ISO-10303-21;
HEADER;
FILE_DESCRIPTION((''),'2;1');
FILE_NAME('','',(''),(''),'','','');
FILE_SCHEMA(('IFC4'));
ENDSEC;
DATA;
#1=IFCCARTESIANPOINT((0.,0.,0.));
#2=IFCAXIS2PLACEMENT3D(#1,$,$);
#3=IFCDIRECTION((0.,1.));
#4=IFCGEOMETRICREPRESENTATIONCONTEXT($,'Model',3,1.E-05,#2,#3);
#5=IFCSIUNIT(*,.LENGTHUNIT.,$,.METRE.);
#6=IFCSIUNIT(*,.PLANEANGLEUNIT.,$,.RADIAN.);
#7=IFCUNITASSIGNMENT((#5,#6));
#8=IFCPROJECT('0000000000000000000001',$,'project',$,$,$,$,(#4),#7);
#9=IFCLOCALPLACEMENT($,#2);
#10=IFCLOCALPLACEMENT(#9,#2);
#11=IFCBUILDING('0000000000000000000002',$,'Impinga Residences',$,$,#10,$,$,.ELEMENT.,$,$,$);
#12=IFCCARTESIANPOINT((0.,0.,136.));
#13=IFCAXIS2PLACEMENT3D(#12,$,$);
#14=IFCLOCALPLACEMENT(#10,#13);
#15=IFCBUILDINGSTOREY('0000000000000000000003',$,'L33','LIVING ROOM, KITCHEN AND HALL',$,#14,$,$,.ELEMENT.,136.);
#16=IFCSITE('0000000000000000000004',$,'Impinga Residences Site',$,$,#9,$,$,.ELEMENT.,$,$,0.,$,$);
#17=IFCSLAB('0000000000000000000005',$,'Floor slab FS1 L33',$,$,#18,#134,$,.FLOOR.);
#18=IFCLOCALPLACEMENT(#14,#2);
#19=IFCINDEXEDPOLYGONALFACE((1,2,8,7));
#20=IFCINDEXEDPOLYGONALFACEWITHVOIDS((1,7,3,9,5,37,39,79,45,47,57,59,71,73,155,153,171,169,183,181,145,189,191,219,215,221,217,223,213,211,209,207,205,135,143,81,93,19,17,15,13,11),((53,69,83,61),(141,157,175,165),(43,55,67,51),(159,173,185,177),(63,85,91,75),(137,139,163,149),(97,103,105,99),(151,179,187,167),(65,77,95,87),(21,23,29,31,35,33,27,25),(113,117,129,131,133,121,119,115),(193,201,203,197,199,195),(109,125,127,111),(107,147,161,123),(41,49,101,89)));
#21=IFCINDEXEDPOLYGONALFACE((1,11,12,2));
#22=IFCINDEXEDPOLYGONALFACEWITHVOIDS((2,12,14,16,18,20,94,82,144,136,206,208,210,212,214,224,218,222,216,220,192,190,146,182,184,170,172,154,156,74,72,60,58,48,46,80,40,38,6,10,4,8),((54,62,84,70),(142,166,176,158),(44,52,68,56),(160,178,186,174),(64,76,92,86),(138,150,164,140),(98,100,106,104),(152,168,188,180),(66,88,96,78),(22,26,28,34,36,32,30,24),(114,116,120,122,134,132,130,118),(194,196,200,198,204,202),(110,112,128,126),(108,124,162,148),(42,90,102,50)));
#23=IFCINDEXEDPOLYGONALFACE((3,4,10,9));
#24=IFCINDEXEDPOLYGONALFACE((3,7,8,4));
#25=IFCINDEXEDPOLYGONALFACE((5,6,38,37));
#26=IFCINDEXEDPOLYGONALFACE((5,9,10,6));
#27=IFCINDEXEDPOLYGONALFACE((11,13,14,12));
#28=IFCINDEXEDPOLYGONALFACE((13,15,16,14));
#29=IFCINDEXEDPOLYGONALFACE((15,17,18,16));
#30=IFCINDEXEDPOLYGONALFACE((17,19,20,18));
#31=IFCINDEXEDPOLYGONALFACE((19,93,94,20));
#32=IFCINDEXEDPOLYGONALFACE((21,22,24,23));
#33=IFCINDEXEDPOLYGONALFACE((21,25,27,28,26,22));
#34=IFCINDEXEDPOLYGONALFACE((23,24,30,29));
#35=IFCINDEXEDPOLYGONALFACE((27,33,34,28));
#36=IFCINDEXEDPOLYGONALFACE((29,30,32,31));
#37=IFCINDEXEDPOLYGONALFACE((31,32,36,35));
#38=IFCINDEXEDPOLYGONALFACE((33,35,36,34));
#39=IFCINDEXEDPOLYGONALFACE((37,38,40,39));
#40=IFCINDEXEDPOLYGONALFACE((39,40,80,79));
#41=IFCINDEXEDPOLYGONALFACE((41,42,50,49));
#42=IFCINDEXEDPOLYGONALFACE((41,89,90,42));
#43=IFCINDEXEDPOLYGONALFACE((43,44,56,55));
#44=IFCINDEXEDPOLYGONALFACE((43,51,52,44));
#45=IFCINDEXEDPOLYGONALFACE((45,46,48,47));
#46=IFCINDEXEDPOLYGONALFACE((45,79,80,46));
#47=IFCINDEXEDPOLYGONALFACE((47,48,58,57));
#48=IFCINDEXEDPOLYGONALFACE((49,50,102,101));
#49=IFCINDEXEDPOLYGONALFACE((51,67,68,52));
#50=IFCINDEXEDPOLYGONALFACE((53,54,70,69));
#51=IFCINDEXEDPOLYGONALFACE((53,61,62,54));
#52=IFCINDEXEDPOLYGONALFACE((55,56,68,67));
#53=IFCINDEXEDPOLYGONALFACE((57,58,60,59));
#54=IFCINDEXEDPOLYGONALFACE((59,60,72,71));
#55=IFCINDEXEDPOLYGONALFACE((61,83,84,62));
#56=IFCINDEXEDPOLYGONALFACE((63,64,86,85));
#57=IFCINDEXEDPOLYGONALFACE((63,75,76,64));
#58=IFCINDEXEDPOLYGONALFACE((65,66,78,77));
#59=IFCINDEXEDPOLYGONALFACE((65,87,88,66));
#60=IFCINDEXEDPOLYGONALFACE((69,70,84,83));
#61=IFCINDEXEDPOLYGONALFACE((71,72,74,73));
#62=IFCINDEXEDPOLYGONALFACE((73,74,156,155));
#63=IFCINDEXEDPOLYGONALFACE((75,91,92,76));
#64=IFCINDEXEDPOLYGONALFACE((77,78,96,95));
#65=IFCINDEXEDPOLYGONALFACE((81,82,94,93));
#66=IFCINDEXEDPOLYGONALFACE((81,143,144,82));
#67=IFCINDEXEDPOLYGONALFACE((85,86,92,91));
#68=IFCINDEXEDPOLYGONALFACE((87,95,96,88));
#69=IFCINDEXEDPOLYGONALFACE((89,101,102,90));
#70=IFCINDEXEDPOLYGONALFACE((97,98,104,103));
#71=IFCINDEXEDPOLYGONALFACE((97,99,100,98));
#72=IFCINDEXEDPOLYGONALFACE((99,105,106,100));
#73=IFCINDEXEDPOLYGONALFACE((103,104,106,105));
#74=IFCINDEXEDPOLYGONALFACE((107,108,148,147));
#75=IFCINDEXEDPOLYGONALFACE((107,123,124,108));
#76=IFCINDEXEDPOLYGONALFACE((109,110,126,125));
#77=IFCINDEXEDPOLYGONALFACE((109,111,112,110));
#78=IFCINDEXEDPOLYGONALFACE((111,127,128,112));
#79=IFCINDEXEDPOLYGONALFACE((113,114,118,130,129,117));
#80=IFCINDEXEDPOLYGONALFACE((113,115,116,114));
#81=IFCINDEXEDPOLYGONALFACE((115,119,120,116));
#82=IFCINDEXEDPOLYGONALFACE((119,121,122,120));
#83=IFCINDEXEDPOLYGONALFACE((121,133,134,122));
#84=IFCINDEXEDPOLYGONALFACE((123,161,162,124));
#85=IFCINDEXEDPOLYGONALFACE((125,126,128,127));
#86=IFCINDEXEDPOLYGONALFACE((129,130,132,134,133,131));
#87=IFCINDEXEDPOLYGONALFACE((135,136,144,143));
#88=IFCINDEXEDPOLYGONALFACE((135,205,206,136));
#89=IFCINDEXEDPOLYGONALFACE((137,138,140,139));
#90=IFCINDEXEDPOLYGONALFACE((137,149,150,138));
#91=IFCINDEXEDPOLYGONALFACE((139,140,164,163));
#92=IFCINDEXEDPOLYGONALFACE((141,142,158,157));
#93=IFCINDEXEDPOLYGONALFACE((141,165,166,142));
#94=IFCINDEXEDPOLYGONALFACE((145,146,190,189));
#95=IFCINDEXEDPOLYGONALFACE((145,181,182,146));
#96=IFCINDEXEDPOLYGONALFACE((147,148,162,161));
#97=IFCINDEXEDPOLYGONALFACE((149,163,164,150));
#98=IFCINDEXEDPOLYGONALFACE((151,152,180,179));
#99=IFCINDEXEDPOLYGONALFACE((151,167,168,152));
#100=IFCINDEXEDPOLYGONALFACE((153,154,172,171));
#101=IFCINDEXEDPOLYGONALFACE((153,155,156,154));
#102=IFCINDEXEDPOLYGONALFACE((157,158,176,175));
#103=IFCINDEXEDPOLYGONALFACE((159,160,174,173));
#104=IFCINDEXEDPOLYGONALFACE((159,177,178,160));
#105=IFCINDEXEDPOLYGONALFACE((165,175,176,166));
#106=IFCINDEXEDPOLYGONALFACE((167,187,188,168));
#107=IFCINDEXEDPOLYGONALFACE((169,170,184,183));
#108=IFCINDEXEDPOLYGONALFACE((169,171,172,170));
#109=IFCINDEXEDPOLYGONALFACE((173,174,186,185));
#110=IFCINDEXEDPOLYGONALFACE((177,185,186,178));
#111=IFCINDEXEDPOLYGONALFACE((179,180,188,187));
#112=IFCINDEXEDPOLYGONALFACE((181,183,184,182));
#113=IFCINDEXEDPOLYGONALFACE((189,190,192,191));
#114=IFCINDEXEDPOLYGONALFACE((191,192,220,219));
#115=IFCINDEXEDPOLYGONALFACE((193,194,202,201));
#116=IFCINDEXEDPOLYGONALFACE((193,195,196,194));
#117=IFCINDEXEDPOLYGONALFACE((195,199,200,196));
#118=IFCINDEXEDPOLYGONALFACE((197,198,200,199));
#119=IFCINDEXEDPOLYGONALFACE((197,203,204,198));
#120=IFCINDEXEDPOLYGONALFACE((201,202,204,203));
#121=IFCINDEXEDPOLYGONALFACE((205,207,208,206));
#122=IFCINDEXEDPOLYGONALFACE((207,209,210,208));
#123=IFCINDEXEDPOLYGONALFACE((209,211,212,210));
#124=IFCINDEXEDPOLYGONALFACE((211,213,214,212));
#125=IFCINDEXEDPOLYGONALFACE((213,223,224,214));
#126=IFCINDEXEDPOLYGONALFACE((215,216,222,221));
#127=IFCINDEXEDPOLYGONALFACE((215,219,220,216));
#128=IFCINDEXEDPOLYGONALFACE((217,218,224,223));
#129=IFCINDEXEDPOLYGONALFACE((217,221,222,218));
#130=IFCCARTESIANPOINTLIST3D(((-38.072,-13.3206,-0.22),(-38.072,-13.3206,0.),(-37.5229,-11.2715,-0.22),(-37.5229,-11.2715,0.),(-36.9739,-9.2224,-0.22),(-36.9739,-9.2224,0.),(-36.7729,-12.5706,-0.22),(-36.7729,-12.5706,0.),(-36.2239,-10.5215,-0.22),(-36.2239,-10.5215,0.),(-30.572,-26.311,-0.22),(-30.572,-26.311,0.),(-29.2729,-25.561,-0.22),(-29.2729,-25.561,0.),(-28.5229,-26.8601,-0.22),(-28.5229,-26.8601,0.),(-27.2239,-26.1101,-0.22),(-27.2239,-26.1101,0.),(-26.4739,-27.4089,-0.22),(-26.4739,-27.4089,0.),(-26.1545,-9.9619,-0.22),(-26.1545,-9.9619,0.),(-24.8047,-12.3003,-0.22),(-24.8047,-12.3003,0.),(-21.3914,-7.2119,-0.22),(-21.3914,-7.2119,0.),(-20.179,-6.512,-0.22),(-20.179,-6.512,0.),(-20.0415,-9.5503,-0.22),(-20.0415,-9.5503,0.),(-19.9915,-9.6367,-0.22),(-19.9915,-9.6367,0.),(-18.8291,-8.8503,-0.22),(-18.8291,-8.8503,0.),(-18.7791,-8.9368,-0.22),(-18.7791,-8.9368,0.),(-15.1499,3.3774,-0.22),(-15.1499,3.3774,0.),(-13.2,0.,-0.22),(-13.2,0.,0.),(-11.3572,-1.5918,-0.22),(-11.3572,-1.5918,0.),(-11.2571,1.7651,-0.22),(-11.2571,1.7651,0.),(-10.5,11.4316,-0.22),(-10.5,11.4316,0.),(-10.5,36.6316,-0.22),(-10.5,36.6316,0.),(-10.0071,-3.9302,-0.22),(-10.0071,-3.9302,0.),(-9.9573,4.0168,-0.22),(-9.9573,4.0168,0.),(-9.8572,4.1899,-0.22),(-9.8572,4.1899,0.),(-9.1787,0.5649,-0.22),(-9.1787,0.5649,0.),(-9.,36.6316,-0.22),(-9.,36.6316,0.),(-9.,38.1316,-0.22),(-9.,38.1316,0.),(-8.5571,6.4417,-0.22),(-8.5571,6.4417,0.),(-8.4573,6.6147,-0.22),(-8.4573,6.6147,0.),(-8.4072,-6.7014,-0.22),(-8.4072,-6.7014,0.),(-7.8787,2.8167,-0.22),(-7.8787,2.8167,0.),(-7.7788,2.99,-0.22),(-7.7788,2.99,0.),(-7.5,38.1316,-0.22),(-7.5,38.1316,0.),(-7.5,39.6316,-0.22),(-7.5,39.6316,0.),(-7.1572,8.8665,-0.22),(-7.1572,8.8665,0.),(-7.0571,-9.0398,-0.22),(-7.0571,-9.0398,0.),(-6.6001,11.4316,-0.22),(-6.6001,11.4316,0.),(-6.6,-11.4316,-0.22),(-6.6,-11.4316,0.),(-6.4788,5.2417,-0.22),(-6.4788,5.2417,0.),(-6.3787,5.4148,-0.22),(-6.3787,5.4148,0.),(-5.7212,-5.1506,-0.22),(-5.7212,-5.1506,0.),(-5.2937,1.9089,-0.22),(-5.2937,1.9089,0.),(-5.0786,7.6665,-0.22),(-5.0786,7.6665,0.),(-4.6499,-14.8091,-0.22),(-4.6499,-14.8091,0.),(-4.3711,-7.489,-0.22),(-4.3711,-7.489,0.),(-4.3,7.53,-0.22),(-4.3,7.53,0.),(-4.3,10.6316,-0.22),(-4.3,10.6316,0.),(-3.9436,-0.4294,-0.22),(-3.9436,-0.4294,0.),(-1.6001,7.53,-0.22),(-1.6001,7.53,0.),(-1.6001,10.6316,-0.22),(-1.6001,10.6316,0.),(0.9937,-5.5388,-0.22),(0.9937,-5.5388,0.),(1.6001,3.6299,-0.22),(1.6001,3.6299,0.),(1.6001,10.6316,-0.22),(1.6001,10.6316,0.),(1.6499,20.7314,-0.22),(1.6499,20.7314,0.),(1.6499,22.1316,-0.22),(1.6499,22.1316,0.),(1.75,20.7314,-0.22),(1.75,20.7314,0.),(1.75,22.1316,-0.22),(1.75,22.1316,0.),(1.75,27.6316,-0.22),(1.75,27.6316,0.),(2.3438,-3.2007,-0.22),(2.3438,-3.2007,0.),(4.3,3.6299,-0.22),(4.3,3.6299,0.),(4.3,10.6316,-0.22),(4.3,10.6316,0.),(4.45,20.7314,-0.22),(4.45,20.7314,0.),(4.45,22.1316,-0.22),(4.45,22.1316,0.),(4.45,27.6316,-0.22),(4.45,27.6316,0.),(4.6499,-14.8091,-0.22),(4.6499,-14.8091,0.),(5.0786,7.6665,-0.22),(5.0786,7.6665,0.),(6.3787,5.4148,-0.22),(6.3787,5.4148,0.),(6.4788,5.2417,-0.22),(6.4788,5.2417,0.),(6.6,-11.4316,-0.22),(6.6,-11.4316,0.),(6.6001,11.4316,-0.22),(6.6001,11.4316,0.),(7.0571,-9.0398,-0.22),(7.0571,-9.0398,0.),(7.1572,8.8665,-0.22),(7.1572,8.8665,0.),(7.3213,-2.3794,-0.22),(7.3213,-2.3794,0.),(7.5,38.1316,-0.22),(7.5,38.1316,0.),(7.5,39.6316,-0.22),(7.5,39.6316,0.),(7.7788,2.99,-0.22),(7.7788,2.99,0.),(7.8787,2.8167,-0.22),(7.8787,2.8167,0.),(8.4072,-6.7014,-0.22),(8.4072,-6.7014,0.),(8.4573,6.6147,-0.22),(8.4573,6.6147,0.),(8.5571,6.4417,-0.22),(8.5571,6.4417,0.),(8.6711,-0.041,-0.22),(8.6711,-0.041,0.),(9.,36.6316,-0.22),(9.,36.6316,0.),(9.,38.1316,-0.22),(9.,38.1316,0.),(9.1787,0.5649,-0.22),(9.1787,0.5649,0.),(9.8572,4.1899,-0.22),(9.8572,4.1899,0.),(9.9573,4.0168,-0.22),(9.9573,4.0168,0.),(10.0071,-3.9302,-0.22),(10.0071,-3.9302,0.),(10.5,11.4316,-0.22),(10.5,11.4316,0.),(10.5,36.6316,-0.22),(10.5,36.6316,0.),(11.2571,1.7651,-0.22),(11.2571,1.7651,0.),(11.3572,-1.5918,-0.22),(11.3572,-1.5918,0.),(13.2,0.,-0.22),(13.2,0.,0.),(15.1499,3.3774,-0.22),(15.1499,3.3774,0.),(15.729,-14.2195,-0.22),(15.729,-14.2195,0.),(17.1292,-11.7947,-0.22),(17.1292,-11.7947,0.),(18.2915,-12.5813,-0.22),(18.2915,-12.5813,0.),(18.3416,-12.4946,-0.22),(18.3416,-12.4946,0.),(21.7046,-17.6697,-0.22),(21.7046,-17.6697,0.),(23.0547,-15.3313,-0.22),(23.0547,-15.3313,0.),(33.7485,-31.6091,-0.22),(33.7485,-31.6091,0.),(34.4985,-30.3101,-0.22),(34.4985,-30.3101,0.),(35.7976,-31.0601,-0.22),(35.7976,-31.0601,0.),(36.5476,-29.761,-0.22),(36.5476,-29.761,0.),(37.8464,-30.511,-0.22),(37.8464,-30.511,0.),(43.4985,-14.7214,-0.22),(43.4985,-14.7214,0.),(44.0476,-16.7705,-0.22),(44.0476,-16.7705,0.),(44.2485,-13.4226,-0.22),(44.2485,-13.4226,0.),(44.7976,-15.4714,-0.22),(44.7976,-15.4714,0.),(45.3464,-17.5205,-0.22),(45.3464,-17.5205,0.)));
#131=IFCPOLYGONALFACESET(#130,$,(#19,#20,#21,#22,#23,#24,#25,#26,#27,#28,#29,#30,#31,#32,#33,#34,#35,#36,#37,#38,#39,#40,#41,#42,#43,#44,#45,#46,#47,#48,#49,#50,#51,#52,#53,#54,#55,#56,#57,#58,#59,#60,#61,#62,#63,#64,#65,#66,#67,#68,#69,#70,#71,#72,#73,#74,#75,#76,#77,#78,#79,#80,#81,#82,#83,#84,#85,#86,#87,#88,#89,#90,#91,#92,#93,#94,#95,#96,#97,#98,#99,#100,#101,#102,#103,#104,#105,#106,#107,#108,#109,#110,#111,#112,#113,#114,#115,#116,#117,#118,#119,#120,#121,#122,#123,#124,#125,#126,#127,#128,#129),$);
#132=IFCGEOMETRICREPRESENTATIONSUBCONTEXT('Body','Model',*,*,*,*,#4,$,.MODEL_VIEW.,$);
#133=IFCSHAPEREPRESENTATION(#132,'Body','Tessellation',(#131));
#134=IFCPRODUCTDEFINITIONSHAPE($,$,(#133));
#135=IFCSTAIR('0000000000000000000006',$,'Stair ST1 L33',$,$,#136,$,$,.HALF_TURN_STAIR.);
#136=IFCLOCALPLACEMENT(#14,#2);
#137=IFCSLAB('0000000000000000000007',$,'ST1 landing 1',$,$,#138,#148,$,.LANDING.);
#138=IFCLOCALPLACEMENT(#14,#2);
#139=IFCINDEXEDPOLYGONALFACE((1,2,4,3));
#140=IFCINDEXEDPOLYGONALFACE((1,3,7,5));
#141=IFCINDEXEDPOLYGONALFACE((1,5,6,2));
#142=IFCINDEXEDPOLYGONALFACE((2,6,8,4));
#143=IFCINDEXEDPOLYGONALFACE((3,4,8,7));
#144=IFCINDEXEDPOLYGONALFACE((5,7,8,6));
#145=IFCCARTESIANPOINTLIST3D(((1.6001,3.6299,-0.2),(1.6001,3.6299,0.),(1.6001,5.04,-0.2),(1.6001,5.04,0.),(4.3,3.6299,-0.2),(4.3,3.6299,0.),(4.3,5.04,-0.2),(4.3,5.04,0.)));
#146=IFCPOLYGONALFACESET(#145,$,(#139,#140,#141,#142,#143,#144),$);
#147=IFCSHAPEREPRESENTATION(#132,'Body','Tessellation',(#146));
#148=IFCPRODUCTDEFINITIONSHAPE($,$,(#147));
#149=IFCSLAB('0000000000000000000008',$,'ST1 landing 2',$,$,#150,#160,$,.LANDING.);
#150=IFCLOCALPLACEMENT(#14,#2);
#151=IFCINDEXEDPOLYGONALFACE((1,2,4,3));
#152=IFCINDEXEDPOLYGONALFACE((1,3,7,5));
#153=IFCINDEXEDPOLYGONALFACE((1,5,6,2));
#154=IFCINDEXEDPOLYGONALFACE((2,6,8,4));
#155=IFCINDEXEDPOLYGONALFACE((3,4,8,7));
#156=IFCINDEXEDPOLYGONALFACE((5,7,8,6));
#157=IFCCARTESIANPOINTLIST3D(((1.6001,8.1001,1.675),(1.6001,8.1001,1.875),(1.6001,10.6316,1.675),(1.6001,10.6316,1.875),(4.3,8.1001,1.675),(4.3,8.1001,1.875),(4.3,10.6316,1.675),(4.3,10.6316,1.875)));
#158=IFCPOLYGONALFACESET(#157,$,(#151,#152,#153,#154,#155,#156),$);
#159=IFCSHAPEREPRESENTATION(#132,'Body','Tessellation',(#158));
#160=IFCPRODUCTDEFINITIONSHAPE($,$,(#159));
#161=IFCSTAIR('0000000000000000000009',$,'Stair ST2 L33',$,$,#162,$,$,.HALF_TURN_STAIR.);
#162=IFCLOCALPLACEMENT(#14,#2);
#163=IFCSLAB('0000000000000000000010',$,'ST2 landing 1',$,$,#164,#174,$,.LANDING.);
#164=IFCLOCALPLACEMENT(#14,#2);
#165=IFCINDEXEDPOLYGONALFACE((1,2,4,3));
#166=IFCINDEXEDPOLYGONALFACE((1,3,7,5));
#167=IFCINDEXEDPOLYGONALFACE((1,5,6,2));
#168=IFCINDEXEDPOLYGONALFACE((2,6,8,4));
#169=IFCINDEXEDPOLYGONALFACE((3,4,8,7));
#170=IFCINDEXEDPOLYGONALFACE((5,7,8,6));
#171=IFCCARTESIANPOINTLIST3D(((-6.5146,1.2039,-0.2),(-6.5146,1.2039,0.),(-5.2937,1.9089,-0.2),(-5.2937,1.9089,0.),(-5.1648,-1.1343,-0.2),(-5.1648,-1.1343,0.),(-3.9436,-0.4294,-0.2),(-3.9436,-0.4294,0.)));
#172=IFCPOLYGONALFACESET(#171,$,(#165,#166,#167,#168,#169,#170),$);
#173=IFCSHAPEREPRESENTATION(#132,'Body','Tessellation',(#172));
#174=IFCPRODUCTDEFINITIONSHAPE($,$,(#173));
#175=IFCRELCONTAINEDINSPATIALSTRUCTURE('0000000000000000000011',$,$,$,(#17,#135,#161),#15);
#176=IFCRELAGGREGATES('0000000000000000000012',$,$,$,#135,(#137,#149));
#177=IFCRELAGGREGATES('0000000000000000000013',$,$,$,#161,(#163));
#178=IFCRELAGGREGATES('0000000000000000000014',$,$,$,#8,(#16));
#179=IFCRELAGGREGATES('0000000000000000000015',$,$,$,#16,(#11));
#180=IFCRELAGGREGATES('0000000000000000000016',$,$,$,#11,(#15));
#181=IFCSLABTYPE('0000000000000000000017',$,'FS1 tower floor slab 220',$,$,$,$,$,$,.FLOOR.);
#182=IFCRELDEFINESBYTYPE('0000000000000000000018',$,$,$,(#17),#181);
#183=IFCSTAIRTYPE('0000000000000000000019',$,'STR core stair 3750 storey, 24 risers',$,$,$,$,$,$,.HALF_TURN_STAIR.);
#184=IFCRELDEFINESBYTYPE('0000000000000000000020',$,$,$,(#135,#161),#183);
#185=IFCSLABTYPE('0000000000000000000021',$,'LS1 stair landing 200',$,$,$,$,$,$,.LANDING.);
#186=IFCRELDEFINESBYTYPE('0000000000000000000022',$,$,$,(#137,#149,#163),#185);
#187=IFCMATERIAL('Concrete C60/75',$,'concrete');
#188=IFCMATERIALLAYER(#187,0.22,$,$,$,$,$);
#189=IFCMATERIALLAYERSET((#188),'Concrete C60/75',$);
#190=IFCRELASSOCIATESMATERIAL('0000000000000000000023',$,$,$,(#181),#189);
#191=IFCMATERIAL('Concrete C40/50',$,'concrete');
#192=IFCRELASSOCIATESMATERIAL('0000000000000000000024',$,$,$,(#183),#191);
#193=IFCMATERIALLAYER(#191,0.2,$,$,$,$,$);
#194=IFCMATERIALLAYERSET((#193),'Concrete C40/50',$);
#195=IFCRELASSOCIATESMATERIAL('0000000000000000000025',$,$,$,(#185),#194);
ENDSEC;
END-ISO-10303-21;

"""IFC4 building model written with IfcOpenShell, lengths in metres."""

from ifc_helpers import new_model, si_unit, direction, frame, origin, place, context, subcontext, project, spatial, polyline, outline, extrude, material, layer, layer_set, type_object, element, aggregate, save


model = new_model("IFC4")

# Units and contexts
model_context = context("Model", 3, precision=1e-05, world=origin(), true_north=direction((0.0, 1.0)))
body_context = subcontext(model_context, "Body", "Model", "MODEL_VIEW")
ifc_project = project(units=[si_unit("LENGTHUNIT", "METRE"), si_unit("PLANEANGLEUNIT", "RADIAN")], contexts=[model_context])

# Site, building, storey
site_placement = place(None, origin())
site = spatial("IfcSite", under=ifc_project, at=site_placement, Name="Impinga Residences Site", CompositionType="ELEMENT", RefElevation=0.0)
building_placement = place(site_placement, origin())
building = spatial("IfcBuilding", under=site, at=building_placement, Name="Impinga Residences", CompositionType="ELEMENT")
storey_placement = place(building_placement, frame((0.0, 0.0, 136.0)))
storey = spatial("IfcBuildingStorey", under=building, at=storey_placement, Name="L33", Description="LIVING ROOM, KITCHEN AND HALL", CompositionType="ELEMENT", Elevation=136.0)

# Slab
ifc_material_1 = material(Name="Concrete C60/75", Category="concrete")
ifc_layer_1 = layer(ifc_material_1, 0.22)
ifc_layer_set_1 = layer_set([ifc_layer_1], Name="Concrete C60/75")
slab_type_1 = type_object("IfcSlabType", Name="FS1 tower floor slab 220", PredefinedType="FLOOR", material=ifc_layer_set_1)
slab_1_placement = place(storey_placement, frame((0.0, 0.0, -0.22)))
element("IfcSlab", 1, at=slab_1_placement, inside=storey, type_object=slab_type_1, Name="Floor slab FS1 L33", PredefinedType="FLOOR", context=body_context, shape_type="SweptSolid", body=[
    extrude(outline(polyline([(43.4985, -14.7214), (44.7976, -15.4714), (44.0476, -16.7705), (45.3464, -17.5205), (37.8464, -30.511), (36.5476, -29.761), (35.7976, -31.0601), (34.4985, -30.3101), (33.7485, -31.6091), (4.6499, -14.8091), (9.9001, -5.7158), (6.6001, -11.4316), (-6.6001, -11.4316), (-9.9001, -5.7158), (-4.6499, -14.8091), (-26.4739, -27.4089), (-27.2239, -26.1101), (-28.5229, -26.8601), (-29.2729, -25.561), (-30.572, -26.311), (-38.072, -13.3206), (-36.7729, -12.5706), (-37.5229, -11.2715), (-36.2239, -10.5215), (-36.9739, -9.2224), (-15.1499, 3.3774), (-13.2, 0.0), (-6.6001, 11.4316), (-10.5, 11.4316), (-10.5, 36.6316), (-9.0, 36.6316), (-9.0, 38.1316), (-7.5, 38.1316), (-7.5, 39.6316), (7.5, 39.6316), (7.5, 38.1316), (9.0, 38.1316), (9.0, 36.6316), (10.5, 36.6316), (10.5, 11.4316), (6.6001, 11.4316), (13.2, 0.0), (15.1499, 3.3774), (44.2485, -13.4226), (43.4985, -14.7214)]), holes=[polyline([(-18.7791, -8.9368), (-18.8291, -8.8503), (-18.8291, -8.8503), (-20.179, -6.512), (-21.3914, -7.2119), (-21.3914, -7.2119), (-26.1545, -9.9619), (-24.8047, -12.3003), (-20.0415, -9.5503), (-19.9915, -9.6367), (-18.7791, -8.9368)]), polyline([(-4.3711, -7.489), (-5.7212, -5.1506), (-8.4072, -6.7014), (-7.0571, -9.0398), (-4.3711, -7.489)]), polyline([(-3.9436, -0.4294), (-5.2937, 1.9089), (-11.3572, -1.5918), (-10.0071, -3.9302), (-3.9436, -0.4294)]), polyline([(-7.8787, 2.8167), (-9.9573, 4.0168), (-11.2571, 1.7651), (-9.1787, 0.5649), (-7.8787, 2.8167)]), polyline([(-6.4788, 5.2417), (-8.5571, 6.4417), (-9.8572, 4.1899), (-7.7788, 2.99), (-6.4788, 5.2417)]), polyline([(4.3, 3.6299), (4.3, 10.6316), (1.6001, 10.6316), (1.6001, 3.6299), (4.3, 3.6299)]), polyline([(-6.3787, 5.4148), (-5.0786, 7.6665), (-7.1572, 8.8665), (-8.4573, 6.6147), (-6.3787, 5.4148)]), polyline([(-4.3, 7.53), (-1.6001, 7.53), (-1.6001, 10.6316), (-4.3, 10.6316), (-4.3, 7.53)]), polyline([(4.45, 20.7314), (4.45, 22.1316), (4.45, 27.6316), (1.75, 27.6316), (1.75, 22.1316), (1.6499, 22.1316), (1.6499, 20.7314), (1.75, 20.7314), (4.45, 20.7314)]), polyline([(15.729, -14.2195), (21.7046, -17.6697), (23.0547, -15.3313), (18.2915, -12.5813), (18.3416, -12.4946), (17.1292, -11.7947), (15.729, -14.2195)]), polyline([(2.3438, -3.2007), (0.9937, -5.5388), (7.0571, -9.0398), (8.4072, -6.7014), (2.3438, -3.2007)]), polyline([(7.3213, -2.3794), (10.0071, -3.9302), (11.3572, -1.5918), (8.6711, -0.041), (7.3213, -2.3794)]), polyline([(7.8787, 2.8167), (9.1787, 0.5649), (11.2571, 1.7651), (9.9573, 4.0168), (7.8787, 2.8167)]), polyline([(6.4788, 5.2417), (7.7788, 2.99), (9.8572, 4.1899), (8.5571, 6.4417), (6.4788, 5.2417)]), polyline([(6.3787, 5.4148), (8.4573, 6.6147), (7.1572, 8.8665), (5.0786, 7.6665), (6.3787, 5.4148)])]), origin(), (0.0, 0.0, 1.0), 0.22),
])

# Stairs, slabs
ifc_material_2 = material(Name="Concrete C40/50", Category="concrete")
stair_type_1 = type_object("IfcStairType", Name="STR core stair 3750 storey, 24 risers", PredefinedType="HALF_TURN_STAIR", material=ifc_material_2)
stair_1_placement = place(storey_placement, origin())
stair_1 = element("IfcStair", 2, at=stair_1_placement, inside=storey, type_object=stair_type_1, Name="Stair ST1 L33", PredefinedType="HALF_TURN_STAIR")
ifc_layer_2 = layer(ifc_material_2, 0.2)
ifc_layer_set_2 = layer_set([ifc_layer_2], Name="Concrete C40/50")
slab_type_2 = type_object("IfcSlabType", Name="LS1 stair landing 200", PredefinedType="LANDING", material=ifc_layer_set_2)
slab_2_placement = place(storey_placement, frame((0.0, 0.0, -0.2)))
slab_2 = element("IfcSlab", 3, at=slab_2_placement, type_object=slab_type_2, Name="ST1 landing 1", PredefinedType="LANDING", context=body_context, shape_type="SweptSolid", body=[
    extrude(outline(polyline([(1.6001, 3.6299), (4.3, 3.6299), (4.3, 5.04), (1.6001, 5.04), (1.6001, 3.6299)])), origin(), (0.0, 0.0, 1.0), 0.2),
])
slab_3_placement = place(storey_placement, frame((0.0, 0.0, 1.675)))
slab_3 = element("IfcSlab", 4, at=slab_3_placement, type_object=slab_type_2, Name="ST1 landing 2", PredefinedType="LANDING", context=body_context, shape_type="SweptSolid", body=[
    extrude(outline(polyline([(1.6001, 8.1001), (4.3, 8.1001), (4.3, 10.6316), (1.6001, 10.6316), (1.6001, 8.1001)])), origin(), (0.0, 0.0, 1.0), 0.2),
])
aggregate(stair_1, [slab_2, slab_3])
stair_2_placement = place(storey_placement, origin())
stair_2 = element("IfcStair", 5, at=stair_2_placement, inside=storey, type_object=stair_type_1, Name="Stair ST2 L33", PredefinedType="HALF_TURN_STAIR")
slab_4_placement = place(storey_placement, frame((0.0, 0.0, -0.2)))
slab_4 = element("IfcSlab", 6, at=slab_4_placement, type_object=slab_type_2, Name="ST2 landing 1", PredefinedType="LANDING", context=body_context, shape_type="SweptSolid", body=[
    extrude(outline(polyline([(-3.9436, -0.4294), (-5.2937, 1.9089), (-6.5146, 1.2039), (-5.1648, -1.1343), (-3.9436, -0.4294)])), origin(), (0.0, 0.0, 1.0), 0.2),
])
aggregate(stair_2, [slab_4])

save(model, "model.ifc")
